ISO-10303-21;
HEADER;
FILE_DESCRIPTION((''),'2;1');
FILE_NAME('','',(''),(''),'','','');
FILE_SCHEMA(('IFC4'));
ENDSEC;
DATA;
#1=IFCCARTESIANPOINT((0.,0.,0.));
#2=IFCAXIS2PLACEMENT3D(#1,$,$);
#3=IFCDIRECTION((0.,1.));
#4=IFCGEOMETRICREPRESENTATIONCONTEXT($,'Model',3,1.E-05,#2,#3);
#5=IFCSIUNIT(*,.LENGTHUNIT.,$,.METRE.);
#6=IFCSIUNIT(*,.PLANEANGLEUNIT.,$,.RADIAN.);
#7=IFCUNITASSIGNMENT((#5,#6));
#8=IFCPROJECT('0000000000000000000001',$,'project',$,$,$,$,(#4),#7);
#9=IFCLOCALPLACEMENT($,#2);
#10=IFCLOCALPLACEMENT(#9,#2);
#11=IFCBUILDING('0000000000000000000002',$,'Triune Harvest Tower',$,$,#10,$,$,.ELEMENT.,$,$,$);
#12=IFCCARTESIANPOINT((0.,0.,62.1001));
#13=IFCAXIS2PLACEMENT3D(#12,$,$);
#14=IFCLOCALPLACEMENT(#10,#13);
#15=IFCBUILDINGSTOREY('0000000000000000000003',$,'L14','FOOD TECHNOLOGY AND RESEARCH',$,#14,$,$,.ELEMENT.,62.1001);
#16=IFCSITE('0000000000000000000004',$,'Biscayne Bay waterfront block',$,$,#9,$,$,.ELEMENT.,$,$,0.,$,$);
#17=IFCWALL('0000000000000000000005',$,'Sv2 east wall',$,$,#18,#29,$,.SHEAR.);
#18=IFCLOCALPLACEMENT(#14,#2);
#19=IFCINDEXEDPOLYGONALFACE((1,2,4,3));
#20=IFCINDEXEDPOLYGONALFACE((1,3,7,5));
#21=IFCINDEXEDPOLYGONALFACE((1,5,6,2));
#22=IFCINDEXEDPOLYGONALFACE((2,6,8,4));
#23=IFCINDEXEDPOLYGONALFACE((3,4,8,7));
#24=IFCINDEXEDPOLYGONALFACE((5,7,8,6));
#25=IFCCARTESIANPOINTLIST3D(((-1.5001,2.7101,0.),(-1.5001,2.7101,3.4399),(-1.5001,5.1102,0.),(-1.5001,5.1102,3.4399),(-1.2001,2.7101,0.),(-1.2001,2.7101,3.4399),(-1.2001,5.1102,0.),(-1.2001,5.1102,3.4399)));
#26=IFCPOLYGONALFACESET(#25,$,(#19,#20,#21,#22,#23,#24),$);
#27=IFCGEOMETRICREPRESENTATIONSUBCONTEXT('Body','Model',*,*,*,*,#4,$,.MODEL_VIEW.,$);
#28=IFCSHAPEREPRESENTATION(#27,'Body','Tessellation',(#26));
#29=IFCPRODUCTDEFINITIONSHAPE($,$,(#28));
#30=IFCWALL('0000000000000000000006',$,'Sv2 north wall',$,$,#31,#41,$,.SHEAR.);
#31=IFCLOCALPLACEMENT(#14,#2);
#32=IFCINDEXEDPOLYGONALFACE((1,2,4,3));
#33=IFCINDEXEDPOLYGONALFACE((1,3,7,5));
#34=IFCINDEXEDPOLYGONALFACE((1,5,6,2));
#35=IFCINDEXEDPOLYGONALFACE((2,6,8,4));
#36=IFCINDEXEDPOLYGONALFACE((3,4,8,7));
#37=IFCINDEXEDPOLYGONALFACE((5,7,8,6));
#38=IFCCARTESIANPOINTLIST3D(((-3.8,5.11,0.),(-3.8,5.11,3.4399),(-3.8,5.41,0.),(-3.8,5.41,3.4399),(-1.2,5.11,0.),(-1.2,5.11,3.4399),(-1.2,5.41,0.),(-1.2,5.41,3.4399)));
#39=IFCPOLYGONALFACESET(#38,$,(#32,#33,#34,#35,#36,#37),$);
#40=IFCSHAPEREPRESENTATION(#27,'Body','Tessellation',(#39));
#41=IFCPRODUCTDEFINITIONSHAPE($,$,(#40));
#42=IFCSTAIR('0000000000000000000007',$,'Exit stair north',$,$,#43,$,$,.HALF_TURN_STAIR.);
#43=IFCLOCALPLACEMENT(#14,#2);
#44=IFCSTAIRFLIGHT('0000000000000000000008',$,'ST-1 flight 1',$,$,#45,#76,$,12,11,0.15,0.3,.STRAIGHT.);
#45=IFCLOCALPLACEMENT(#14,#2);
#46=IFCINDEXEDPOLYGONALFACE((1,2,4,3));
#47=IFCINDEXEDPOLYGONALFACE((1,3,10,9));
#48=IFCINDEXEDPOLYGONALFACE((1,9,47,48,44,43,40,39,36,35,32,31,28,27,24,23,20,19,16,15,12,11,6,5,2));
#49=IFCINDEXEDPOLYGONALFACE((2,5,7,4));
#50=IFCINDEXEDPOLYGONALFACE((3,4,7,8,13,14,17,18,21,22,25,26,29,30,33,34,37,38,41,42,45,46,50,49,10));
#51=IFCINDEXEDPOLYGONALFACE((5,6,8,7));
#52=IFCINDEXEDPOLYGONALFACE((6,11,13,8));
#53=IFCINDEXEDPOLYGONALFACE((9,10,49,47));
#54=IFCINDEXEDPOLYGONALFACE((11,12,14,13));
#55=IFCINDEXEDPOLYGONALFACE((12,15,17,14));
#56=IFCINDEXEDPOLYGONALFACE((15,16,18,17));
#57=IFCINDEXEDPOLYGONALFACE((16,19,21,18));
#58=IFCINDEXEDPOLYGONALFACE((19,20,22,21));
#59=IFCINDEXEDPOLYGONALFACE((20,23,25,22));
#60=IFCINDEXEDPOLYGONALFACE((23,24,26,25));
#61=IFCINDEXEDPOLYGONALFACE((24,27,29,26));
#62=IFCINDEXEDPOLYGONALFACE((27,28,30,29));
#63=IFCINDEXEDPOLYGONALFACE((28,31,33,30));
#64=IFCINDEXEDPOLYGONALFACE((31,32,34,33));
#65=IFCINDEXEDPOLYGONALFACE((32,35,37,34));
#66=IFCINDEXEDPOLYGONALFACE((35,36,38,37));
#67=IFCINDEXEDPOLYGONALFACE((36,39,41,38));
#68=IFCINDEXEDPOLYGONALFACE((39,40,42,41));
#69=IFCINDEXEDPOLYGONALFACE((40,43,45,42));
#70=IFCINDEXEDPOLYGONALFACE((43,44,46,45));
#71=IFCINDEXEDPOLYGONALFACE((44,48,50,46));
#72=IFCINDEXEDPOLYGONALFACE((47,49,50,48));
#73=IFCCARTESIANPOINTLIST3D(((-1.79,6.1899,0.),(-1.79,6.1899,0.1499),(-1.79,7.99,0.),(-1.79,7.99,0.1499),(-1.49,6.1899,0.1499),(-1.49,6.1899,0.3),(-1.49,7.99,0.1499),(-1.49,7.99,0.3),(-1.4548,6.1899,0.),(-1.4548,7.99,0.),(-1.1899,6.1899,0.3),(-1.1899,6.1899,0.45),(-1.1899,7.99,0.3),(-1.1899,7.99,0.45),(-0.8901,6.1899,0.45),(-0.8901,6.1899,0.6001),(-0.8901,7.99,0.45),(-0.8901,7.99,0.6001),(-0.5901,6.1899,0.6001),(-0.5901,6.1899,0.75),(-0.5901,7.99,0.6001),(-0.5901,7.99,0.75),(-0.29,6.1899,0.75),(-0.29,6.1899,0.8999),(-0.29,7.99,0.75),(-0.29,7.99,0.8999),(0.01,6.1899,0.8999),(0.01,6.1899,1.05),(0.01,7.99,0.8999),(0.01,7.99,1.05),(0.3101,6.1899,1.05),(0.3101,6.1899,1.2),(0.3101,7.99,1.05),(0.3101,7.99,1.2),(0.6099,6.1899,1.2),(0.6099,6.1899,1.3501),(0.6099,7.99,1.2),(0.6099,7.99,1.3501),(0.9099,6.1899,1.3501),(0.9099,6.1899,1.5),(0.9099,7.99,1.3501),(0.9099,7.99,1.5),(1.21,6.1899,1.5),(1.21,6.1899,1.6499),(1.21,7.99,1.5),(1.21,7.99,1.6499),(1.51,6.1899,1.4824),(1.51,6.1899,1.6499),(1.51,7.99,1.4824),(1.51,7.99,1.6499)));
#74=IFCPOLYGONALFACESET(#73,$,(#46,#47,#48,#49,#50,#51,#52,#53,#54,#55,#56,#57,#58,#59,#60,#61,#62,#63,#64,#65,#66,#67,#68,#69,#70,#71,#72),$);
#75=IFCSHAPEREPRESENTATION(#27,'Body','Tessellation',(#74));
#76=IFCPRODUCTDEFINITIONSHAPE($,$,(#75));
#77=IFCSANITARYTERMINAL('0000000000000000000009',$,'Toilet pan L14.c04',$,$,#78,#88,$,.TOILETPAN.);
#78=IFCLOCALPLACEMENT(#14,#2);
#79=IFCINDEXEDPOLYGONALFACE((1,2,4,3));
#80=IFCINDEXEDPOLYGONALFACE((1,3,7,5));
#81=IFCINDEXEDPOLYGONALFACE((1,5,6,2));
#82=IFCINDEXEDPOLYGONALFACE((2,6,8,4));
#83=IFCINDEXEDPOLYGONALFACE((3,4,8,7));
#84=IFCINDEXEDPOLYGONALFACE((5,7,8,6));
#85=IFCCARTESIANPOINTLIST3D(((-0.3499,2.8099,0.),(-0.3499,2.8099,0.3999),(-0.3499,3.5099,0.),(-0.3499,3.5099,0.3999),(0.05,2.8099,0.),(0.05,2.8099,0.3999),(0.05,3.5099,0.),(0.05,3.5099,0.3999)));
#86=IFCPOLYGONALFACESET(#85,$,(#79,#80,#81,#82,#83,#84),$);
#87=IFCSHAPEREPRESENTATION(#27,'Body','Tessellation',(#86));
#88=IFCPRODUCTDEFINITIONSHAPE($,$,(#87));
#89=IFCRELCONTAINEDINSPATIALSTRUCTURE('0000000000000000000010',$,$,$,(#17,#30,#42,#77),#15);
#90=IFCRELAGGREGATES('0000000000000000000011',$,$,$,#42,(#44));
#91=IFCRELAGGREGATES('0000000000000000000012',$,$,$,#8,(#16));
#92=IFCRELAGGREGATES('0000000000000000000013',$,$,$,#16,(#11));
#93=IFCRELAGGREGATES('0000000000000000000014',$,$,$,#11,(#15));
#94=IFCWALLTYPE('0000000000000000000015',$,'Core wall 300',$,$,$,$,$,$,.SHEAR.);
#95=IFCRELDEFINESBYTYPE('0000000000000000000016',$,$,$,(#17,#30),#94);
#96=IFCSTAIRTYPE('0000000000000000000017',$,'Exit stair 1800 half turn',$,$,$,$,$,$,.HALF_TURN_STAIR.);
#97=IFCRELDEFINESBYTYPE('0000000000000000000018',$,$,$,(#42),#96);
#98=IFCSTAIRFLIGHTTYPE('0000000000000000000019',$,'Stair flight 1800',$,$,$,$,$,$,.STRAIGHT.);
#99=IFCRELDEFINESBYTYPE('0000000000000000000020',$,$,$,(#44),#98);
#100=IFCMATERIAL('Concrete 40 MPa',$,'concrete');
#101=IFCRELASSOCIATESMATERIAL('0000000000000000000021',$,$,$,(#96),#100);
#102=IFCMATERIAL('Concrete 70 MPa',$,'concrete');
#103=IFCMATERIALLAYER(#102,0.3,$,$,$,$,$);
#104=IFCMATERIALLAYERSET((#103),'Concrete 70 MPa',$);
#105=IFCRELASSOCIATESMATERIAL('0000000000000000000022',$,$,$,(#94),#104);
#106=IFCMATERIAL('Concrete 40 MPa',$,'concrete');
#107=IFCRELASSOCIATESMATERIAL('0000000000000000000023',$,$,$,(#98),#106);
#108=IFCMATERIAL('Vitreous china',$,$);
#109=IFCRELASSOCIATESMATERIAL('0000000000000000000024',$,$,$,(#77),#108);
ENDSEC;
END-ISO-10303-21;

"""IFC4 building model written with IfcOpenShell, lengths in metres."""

from ifc_helpers import new_model, si_unit, direction, frame, frame_2d, origin, origin_2d, place, context, subcontext, project, spatial, polyline, rectangle, outline, extrude, source, transform, mapped, material, layer, layer_set, type_object, element, aggregate, save


model = new_model("IFC4")

# Units and contexts
model_context = context("Model", 3, precision=1e-05, world=origin(), true_north=direction((0.0, 1.0)))
body_context = subcontext(model_context, "Body", "Model", "MODEL_VIEW")
ifc_project = project(units=[si_unit("LENGTHUNIT", "METRE"), si_unit("PLANEANGLEUNIT", "RADIAN")], contexts=[model_context])

# Site, building, storey
site_placement = place(None, origin())
site = spatial("IfcSite", under=ifc_project, at=site_placement, Name="Biscayne Bay waterfront block", CompositionType="ELEMENT", RefElevation=0.0)
building_placement = place(site_placement, origin())
building = spatial("IfcBuilding", under=site, at=building_placement, Name="Triune Harvest Tower", CompositionType="ELEMENT")
storey_placement = place(building_placement, frame((0.0, 0.0, 62.1001)))
storey = spatial("IfcBuildingStorey", under=building, at=storey_placement, Name="L14", Description="FOOD TECHNOLOGY AND RESEARCH", CompositionType="ELEMENT", Elevation=62.1001)

# Shared definitions
ifc_material_1 = material(Name="Concrete 40 MPa", Category="concrete")
stair_type = type_object("IfcStairType", Name="Exit stair 1800 half turn", PredefinedType="HALF_TURN_STAIR", material=ifc_material_1)

# Shared definitions
ifc_material_2 = material(Name="Concrete 70 MPa", Category="concrete")
ifc_layer_1 = layer(ifc_material_2, 0.3)
ifc_layer_set_1 = layer_set([ifc_layer_1], Name="Concrete 70 MPa")
wall_type_1 = type_object("IfcWallType", Name="Core wall 300", PredefinedType="SHEAR", material=ifc_layer_set_1)

# Shared definitions
shared_shape_1 = source(origin(), body_context, "Body", "SweptSolid", [
    extrude(rectangle(XDim=2.4001, YDim=0.3, at=frame_2d((1.2002, 0.0))), origin(), (0.0, 0.0, 1.0), 3.4399),
])

# Walls
wall_1_placement = place(storey_placement, frame((-1.3501, 2.71, 0.0), z_axis=(0.0, 0.0, 1.0), x_axis=(0.0, 1.0, 0.0)))
element("IfcWall", 1, at=wall_1_placement, inside=storey, type_object=wall_type_1, Name="Sv2 east wall", PredefinedType="SHEAR", context=body_context, shape_type="MappedRepresentation", body=[
    mapped(shared_shape_1, transform((0.0, 0.0, 0.0), scale=1.0)),
])
shared_shape_2 = source(origin(), body_context, "Body", "SweptSolid", [
    extrude(rectangle(XDim=2.6001, YDim=0.3, at=frame_2d((1.3, 0.0))), origin(), (0.0, 0.0, 1.0), 3.4399),
])
wall_2_placement = place(storey_placement, frame((-3.8, 5.26, 0.0), z_axis=(0.0, 0.0, 1.0), x_axis=(1.0, 0.0, 0.0)))
element("IfcWall", 2, at=wall_2_placement, inside=storey, type_object=wall_type_1, Name="Sv2 north wall", PredefinedType="SHEAR", context=body_context, shape_type="MappedRepresentation", body=[
    mapped(shared_shape_2, transform((0.0, 0.0, 0.0), scale=1.0)),
])

# Stair, stair flight
stair_1_placement = place(storey_placement, origin())
stair_1 = element("IfcStair", 3, at=stair_1_placement, inside=storey, type_object=stair_type, Name="Exit stair north", PredefinedType="HALF_TURN_STAIR")
ifc_material_3 = material(Name="Concrete 40 MPa", Category="concrete")
stair_flight_type = type_object("IfcStairFlightType", Name="Stair flight 1800", PredefinedType="STRAIGHT", material=ifc_material_3)
shared_shape_3 = source(origin(), body_context, "Body", "SweptSolid", [
    extrude(outline(polyline([(0.0, 0.0), (0.0, 0.1499), (0.3, 0.1499), (0.3, 0.3), (0.6001, 0.3), (0.6001, 0.45), (0.8999, 0.45), (0.8999, 0.6001), (1.2, 0.6001), (1.2, 0.75), (1.5, 0.75), (1.5, 0.8999), (1.8, 0.8999), (1.8, 1.05), (2.1001, 1.05), (2.1001, 1.2), (2.3999, 1.2), (2.3999, 1.3501), (2.7, 1.3501), (2.7, 1.5), (3.0, 1.5), (3.0, 1.6499), (3.3, 1.6499), (3.3, 1.8), (3.3, 1.4824), (0.3352, 0.0), (0.0, 0.0)])), frame((0.0, 0.8999, 0.0), z_axis=(0.0, -1.0, 0.0), x_axis=(1.0, 0.0, 0.0)), (0.0, 0.0, 1.0), 1.8),
])
stair_flight_placement = place(storey_placement, frame((-1.79, 7.0901, 0.0), z_axis=(0.0, 0.0, 1.0), x_axis=(1.0, 0.0, 0.0)))
stair_flight = element("IfcStairFlight", 4, at=stair_flight_placement, type_object=stair_flight_type, Name="ST-1 flight 1", NumberOfRisers=12, NumberOfTreads=11, PredefinedType="STRAIGHT", RiserHeight=0.15, TreadLength=0.3, context=body_context, shape_type="MappedRepresentation", body=[
    mapped(shared_shape_3, transform((0.0, 0.0, 0.0), scale=1.0)),
])
aggregate(stair_1, [stair_flight])

# Sanitary terminal
ifc_material_4 = material(Name="Vitreous china")
shared_shape_4 = source(origin(), body_context, "Body", "SweptSolid", [
    extrude(rectangle(XDim=0.3999, YDim=0.7, at=origin_2d()), origin(), (0.0, 0.0, 1.0), 0.3999),
])
sanitary_terminal_placement = place(storey_placement, frame((-0.1499, 3.1599, 0.0), z_axis=(0.0, 0.0, 1.0), x_axis=(-1.0, 0.0, 0.0)))
element("IfcSanitaryTerminal", 5, at=sanitary_terminal_placement, inside=storey, material=ifc_material_4, Name="Toilet pan L14.c04", PredefinedType="TOILETPAN", context=body_context, shape_type="MappedRepresentation", body=[
    mapped(shared_shape_4, transform((0.0, 0.0, 0.0), scale=1.0)),
])

save(model, "model.ifc")
